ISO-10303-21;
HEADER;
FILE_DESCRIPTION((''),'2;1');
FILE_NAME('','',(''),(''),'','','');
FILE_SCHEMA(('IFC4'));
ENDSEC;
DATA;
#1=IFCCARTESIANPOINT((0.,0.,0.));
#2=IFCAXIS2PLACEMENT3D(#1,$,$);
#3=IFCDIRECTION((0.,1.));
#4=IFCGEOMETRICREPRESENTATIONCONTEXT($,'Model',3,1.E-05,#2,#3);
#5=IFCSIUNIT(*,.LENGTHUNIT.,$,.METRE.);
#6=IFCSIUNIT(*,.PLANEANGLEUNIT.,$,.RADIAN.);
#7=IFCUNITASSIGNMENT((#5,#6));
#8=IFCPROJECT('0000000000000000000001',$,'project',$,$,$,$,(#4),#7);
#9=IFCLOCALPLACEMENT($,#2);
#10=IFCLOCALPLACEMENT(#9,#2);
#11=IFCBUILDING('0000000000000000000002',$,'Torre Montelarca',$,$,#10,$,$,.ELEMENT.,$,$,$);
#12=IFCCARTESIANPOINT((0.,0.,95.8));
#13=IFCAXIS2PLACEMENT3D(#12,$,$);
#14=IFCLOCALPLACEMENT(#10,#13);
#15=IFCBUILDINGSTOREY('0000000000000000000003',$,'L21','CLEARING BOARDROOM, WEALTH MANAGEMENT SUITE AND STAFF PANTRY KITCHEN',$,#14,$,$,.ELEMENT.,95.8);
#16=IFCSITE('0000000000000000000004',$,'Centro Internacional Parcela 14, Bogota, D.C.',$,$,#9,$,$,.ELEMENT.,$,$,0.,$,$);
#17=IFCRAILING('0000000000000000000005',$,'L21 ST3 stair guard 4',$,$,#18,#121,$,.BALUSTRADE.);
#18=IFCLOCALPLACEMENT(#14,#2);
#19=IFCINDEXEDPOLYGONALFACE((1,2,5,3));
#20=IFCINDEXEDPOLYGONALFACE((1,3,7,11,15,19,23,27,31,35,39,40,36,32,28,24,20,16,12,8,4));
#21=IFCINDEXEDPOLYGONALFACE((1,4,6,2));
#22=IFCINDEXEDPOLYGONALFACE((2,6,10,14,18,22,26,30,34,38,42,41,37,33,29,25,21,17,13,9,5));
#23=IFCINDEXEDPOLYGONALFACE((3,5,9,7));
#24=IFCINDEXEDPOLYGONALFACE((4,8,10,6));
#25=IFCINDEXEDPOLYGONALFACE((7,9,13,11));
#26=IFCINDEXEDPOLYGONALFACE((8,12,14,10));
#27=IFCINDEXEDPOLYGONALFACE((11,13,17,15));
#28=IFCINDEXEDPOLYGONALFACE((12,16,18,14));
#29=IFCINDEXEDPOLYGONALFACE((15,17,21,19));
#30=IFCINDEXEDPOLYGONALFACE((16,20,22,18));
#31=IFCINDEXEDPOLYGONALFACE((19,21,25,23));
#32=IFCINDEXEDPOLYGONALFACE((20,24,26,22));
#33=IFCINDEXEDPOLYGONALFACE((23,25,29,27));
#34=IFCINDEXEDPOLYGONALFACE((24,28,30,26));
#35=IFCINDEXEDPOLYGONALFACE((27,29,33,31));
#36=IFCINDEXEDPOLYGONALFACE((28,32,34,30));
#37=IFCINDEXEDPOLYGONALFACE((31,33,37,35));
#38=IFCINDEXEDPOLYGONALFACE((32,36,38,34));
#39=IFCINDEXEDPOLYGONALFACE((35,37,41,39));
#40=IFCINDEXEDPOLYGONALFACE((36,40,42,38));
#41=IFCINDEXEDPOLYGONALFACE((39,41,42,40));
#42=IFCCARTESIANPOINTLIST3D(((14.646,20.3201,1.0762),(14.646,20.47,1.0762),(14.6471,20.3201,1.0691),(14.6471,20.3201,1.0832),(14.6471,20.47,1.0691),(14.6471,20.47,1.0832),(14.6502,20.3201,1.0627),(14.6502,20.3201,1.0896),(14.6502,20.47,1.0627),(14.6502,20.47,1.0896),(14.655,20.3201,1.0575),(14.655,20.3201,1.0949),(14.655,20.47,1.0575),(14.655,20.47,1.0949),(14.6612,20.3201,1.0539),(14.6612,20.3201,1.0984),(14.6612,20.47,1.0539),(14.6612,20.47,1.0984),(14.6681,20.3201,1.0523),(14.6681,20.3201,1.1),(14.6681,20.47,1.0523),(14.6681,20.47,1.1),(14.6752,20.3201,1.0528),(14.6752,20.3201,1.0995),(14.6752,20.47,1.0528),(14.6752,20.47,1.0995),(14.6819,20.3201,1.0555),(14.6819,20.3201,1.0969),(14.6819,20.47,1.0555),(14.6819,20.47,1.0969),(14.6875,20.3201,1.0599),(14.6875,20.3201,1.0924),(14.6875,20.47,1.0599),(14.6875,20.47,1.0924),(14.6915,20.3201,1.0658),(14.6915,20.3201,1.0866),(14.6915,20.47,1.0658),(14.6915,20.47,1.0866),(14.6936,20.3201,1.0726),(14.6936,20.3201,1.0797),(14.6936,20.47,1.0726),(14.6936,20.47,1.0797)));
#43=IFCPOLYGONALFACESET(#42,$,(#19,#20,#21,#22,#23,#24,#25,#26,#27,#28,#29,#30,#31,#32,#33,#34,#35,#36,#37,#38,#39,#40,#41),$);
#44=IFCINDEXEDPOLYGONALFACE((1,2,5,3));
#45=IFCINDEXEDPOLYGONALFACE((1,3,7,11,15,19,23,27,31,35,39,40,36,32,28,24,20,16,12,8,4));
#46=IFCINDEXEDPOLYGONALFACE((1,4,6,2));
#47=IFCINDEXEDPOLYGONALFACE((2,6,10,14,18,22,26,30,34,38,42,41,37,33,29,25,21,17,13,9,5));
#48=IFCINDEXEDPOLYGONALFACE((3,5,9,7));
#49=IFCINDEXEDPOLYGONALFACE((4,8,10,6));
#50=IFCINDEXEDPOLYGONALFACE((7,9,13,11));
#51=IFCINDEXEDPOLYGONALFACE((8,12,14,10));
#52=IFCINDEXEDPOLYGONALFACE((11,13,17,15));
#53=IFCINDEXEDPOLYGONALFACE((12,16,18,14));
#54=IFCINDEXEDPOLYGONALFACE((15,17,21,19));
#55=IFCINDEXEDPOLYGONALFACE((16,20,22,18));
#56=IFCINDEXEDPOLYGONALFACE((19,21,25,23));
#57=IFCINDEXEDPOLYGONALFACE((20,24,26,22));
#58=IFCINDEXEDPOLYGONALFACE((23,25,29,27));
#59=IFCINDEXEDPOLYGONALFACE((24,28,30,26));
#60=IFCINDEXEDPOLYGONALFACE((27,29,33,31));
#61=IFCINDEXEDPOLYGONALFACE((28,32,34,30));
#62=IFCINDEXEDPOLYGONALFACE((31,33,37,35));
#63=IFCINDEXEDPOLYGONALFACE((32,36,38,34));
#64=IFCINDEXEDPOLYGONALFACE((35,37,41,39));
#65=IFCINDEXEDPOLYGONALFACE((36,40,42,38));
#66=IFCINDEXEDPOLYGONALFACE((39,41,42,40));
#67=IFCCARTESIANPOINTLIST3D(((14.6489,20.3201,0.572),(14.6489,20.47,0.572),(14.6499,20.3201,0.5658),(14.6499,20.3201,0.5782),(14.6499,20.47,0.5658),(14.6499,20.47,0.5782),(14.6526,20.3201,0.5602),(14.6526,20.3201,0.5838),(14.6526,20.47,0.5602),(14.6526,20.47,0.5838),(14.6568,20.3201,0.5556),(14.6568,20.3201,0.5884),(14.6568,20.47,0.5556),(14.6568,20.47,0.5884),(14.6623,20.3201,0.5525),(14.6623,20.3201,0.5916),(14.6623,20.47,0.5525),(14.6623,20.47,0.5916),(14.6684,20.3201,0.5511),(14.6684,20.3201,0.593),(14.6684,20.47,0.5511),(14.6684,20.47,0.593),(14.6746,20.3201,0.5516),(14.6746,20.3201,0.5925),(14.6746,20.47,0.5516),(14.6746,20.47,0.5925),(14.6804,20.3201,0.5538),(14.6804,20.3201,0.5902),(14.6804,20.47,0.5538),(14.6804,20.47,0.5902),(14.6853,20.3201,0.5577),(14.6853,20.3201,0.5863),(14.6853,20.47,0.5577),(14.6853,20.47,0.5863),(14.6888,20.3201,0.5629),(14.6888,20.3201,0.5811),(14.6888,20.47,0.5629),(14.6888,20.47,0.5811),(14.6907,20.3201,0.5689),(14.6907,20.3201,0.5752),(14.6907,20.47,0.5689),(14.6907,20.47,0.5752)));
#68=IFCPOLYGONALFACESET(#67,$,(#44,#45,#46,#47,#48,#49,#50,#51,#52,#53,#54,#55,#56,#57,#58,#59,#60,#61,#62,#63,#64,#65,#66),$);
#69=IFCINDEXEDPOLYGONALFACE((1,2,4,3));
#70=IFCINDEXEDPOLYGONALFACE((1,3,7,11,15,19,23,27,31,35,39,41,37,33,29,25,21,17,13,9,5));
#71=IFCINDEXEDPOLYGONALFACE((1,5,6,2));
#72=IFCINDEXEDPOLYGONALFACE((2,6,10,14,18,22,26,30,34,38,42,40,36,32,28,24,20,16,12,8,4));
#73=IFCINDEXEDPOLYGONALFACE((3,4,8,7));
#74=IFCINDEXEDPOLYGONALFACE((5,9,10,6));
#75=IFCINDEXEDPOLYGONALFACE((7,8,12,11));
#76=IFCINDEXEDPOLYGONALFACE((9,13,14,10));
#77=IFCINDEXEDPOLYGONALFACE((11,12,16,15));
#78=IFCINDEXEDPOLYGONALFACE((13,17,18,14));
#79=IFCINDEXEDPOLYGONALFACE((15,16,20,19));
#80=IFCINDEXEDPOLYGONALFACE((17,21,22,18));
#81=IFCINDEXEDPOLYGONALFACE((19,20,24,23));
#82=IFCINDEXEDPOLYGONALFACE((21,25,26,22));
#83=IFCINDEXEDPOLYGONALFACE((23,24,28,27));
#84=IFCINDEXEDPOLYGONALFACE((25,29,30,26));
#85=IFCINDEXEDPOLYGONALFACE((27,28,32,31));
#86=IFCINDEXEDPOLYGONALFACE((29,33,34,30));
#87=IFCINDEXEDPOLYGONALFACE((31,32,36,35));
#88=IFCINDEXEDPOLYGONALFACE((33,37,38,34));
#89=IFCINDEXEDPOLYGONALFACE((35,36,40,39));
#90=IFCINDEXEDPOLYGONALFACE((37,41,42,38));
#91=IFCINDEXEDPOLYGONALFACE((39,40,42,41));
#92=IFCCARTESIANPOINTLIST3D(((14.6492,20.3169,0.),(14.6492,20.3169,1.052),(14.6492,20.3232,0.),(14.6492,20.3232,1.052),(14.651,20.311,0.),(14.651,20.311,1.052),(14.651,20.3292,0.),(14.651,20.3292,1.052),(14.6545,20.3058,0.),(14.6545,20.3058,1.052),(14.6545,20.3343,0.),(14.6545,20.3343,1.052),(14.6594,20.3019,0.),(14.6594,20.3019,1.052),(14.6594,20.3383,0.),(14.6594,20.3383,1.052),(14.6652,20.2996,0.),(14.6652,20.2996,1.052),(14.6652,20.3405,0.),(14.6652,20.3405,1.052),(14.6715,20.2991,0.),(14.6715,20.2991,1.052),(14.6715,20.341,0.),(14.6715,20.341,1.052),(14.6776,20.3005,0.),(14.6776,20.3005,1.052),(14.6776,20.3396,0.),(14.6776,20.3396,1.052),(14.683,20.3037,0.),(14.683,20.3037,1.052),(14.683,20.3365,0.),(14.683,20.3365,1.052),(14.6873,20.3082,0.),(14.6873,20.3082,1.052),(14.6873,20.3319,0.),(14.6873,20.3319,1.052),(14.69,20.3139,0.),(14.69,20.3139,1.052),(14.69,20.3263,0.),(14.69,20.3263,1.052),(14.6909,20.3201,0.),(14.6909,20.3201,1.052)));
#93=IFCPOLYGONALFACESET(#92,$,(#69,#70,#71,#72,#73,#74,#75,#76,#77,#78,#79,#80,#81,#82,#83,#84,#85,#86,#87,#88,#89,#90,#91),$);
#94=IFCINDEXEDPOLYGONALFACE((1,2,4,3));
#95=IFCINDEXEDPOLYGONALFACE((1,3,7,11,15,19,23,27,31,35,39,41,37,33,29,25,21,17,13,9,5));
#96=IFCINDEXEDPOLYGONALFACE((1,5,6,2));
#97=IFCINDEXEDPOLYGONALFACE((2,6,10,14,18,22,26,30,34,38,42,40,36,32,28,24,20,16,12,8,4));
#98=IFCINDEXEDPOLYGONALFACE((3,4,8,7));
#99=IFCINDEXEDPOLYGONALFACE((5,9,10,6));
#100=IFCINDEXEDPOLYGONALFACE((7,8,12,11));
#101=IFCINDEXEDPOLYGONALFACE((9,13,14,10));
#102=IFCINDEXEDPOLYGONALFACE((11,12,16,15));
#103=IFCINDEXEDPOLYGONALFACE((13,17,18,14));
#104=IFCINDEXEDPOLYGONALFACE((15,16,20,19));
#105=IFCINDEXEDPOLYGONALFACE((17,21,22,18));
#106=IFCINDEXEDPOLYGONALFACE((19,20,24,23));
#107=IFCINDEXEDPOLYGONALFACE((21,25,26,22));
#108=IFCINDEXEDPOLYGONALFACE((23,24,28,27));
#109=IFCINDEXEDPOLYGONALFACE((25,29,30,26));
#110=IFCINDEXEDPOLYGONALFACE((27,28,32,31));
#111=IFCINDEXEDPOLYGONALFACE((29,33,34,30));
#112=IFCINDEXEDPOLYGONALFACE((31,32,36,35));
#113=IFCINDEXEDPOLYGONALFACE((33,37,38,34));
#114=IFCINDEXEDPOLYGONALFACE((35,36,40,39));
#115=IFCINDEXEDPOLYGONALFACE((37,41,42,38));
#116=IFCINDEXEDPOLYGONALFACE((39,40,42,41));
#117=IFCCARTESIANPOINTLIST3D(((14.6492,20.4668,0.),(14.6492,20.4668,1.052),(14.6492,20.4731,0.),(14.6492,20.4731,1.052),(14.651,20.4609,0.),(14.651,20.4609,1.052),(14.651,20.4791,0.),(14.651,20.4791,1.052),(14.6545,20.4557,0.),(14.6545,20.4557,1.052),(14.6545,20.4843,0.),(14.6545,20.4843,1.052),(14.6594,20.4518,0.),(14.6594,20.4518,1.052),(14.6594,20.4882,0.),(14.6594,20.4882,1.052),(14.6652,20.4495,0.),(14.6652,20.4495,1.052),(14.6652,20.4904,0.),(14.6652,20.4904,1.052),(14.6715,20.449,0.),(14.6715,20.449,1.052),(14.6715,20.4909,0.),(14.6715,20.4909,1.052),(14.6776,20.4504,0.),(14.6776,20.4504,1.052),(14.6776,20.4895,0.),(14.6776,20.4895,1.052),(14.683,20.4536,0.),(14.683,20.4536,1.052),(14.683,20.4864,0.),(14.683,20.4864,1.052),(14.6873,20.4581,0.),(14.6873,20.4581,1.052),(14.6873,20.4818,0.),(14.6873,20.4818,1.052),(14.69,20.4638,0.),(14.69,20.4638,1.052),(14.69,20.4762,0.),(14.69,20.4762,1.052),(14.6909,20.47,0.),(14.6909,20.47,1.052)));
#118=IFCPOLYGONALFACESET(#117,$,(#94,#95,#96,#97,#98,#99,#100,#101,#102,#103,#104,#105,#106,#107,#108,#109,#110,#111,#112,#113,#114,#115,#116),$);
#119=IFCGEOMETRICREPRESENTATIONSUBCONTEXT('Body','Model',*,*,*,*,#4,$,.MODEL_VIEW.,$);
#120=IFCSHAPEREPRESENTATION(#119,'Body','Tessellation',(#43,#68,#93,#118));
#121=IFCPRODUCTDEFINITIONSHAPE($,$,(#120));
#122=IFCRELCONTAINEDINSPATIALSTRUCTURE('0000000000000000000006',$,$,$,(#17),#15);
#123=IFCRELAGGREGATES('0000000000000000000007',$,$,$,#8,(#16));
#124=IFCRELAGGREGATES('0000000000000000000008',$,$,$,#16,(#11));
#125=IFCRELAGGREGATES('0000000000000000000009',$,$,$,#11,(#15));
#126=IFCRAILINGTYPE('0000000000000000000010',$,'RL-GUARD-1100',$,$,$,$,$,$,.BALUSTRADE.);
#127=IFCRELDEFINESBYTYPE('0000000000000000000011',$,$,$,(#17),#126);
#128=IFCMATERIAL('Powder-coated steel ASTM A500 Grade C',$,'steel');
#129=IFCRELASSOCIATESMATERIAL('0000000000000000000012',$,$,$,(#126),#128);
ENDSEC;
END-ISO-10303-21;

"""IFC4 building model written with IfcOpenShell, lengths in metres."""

from ifc_helpers import new_model, si_unit, direction, frame, origin, origin_2d, place, context, subcontext, project, spatial, circle, extrude, material, type_object, element, save


model = new_model("IFC4")

# Units and contexts
model_context = context("Model", 3, precision=1e-05, world=origin(), true_north=direction((0.0, 1.0)))
body_context = subcontext(model_context, "Body", "Model", "MODEL_VIEW")
ifc_project = project(units=[si_unit("LENGTHUNIT", "METRE"), si_unit("PLANEANGLEUNIT", "RADIAN")], contexts=[model_context])

# Site, building, storey
site_placement = place(None, origin())
site = spatial("IfcSite", under=ifc_project, at=site_placement, Name="Centro Internacional Parcela 14, Bogota, D.C.", CompositionType="ELEMENT", RefElevation=0.0)
building_placement = place(site_placement, origin())
building = spatial("IfcBuilding", under=site, at=building_placement, Name="Torre Montelarca", CompositionType="ELEMENT")
storey_placement = place(building_placement, frame((0.0, 0.0, 95.8)))
storey = spatial("IfcBuildingStorey", under=building, at=storey_placement, Name="L21", Description="CLEARING BOARDROOM, WEALTH MANAGEMENT SUITE AND STAFF PANTRY KITCHEN", CompositionType="ELEMENT", Elevation=95.8)

# Railing
ifc_material_1 = material(Name="Powder-coated steel ASTM A500 Grade C", Category="steel")
railing_type_1 = type_object("IfcRailingType", Name="RL-GUARD-1100", PredefinedType="BALUSTRADE", material=ifc_material_1)
railing_1_placement = place(storey_placement, frame((14.6699, 20.3201, 0.0)))
element("IfcRailing", 1, at=railing_1_placement, inside=storey, type_object=railing_type_1, Name="L21 ST3 stair guard 4", PredefinedType="BALUSTRADE", context=body_context, shape_type="SweptSolid", body=[
    extrude(circle(Radius=0.0239, at=origin_2d()), frame((0.0, 0.0, 1.0762), z_axis=(0.0, 1.0, 0.0), x_axis=(-1.0, 0.0, 0.0)), (0.0, 0.0, 1.0), 0.1499),
    extrude(circle(Radius=0.021, at=origin_2d()), frame((0.0, 0.0, 0.572), z_axis=(0.0, 1.0, 0.0), x_axis=(-1.0, 0.0, 0.0)), (0.0, 0.0, 1.0), 0.1499),
    extrude(circle(Radius=0.021, at=origin_2d()), origin(), (0.0, 0.0, 1.0), 1.052),
    extrude(circle(Radius=0.021, at=origin_2d()), frame((0.0, 0.1499, 0.0)), (0.0, 0.0, 1.0), 1.052),
])

save(model, "model.ifc")
